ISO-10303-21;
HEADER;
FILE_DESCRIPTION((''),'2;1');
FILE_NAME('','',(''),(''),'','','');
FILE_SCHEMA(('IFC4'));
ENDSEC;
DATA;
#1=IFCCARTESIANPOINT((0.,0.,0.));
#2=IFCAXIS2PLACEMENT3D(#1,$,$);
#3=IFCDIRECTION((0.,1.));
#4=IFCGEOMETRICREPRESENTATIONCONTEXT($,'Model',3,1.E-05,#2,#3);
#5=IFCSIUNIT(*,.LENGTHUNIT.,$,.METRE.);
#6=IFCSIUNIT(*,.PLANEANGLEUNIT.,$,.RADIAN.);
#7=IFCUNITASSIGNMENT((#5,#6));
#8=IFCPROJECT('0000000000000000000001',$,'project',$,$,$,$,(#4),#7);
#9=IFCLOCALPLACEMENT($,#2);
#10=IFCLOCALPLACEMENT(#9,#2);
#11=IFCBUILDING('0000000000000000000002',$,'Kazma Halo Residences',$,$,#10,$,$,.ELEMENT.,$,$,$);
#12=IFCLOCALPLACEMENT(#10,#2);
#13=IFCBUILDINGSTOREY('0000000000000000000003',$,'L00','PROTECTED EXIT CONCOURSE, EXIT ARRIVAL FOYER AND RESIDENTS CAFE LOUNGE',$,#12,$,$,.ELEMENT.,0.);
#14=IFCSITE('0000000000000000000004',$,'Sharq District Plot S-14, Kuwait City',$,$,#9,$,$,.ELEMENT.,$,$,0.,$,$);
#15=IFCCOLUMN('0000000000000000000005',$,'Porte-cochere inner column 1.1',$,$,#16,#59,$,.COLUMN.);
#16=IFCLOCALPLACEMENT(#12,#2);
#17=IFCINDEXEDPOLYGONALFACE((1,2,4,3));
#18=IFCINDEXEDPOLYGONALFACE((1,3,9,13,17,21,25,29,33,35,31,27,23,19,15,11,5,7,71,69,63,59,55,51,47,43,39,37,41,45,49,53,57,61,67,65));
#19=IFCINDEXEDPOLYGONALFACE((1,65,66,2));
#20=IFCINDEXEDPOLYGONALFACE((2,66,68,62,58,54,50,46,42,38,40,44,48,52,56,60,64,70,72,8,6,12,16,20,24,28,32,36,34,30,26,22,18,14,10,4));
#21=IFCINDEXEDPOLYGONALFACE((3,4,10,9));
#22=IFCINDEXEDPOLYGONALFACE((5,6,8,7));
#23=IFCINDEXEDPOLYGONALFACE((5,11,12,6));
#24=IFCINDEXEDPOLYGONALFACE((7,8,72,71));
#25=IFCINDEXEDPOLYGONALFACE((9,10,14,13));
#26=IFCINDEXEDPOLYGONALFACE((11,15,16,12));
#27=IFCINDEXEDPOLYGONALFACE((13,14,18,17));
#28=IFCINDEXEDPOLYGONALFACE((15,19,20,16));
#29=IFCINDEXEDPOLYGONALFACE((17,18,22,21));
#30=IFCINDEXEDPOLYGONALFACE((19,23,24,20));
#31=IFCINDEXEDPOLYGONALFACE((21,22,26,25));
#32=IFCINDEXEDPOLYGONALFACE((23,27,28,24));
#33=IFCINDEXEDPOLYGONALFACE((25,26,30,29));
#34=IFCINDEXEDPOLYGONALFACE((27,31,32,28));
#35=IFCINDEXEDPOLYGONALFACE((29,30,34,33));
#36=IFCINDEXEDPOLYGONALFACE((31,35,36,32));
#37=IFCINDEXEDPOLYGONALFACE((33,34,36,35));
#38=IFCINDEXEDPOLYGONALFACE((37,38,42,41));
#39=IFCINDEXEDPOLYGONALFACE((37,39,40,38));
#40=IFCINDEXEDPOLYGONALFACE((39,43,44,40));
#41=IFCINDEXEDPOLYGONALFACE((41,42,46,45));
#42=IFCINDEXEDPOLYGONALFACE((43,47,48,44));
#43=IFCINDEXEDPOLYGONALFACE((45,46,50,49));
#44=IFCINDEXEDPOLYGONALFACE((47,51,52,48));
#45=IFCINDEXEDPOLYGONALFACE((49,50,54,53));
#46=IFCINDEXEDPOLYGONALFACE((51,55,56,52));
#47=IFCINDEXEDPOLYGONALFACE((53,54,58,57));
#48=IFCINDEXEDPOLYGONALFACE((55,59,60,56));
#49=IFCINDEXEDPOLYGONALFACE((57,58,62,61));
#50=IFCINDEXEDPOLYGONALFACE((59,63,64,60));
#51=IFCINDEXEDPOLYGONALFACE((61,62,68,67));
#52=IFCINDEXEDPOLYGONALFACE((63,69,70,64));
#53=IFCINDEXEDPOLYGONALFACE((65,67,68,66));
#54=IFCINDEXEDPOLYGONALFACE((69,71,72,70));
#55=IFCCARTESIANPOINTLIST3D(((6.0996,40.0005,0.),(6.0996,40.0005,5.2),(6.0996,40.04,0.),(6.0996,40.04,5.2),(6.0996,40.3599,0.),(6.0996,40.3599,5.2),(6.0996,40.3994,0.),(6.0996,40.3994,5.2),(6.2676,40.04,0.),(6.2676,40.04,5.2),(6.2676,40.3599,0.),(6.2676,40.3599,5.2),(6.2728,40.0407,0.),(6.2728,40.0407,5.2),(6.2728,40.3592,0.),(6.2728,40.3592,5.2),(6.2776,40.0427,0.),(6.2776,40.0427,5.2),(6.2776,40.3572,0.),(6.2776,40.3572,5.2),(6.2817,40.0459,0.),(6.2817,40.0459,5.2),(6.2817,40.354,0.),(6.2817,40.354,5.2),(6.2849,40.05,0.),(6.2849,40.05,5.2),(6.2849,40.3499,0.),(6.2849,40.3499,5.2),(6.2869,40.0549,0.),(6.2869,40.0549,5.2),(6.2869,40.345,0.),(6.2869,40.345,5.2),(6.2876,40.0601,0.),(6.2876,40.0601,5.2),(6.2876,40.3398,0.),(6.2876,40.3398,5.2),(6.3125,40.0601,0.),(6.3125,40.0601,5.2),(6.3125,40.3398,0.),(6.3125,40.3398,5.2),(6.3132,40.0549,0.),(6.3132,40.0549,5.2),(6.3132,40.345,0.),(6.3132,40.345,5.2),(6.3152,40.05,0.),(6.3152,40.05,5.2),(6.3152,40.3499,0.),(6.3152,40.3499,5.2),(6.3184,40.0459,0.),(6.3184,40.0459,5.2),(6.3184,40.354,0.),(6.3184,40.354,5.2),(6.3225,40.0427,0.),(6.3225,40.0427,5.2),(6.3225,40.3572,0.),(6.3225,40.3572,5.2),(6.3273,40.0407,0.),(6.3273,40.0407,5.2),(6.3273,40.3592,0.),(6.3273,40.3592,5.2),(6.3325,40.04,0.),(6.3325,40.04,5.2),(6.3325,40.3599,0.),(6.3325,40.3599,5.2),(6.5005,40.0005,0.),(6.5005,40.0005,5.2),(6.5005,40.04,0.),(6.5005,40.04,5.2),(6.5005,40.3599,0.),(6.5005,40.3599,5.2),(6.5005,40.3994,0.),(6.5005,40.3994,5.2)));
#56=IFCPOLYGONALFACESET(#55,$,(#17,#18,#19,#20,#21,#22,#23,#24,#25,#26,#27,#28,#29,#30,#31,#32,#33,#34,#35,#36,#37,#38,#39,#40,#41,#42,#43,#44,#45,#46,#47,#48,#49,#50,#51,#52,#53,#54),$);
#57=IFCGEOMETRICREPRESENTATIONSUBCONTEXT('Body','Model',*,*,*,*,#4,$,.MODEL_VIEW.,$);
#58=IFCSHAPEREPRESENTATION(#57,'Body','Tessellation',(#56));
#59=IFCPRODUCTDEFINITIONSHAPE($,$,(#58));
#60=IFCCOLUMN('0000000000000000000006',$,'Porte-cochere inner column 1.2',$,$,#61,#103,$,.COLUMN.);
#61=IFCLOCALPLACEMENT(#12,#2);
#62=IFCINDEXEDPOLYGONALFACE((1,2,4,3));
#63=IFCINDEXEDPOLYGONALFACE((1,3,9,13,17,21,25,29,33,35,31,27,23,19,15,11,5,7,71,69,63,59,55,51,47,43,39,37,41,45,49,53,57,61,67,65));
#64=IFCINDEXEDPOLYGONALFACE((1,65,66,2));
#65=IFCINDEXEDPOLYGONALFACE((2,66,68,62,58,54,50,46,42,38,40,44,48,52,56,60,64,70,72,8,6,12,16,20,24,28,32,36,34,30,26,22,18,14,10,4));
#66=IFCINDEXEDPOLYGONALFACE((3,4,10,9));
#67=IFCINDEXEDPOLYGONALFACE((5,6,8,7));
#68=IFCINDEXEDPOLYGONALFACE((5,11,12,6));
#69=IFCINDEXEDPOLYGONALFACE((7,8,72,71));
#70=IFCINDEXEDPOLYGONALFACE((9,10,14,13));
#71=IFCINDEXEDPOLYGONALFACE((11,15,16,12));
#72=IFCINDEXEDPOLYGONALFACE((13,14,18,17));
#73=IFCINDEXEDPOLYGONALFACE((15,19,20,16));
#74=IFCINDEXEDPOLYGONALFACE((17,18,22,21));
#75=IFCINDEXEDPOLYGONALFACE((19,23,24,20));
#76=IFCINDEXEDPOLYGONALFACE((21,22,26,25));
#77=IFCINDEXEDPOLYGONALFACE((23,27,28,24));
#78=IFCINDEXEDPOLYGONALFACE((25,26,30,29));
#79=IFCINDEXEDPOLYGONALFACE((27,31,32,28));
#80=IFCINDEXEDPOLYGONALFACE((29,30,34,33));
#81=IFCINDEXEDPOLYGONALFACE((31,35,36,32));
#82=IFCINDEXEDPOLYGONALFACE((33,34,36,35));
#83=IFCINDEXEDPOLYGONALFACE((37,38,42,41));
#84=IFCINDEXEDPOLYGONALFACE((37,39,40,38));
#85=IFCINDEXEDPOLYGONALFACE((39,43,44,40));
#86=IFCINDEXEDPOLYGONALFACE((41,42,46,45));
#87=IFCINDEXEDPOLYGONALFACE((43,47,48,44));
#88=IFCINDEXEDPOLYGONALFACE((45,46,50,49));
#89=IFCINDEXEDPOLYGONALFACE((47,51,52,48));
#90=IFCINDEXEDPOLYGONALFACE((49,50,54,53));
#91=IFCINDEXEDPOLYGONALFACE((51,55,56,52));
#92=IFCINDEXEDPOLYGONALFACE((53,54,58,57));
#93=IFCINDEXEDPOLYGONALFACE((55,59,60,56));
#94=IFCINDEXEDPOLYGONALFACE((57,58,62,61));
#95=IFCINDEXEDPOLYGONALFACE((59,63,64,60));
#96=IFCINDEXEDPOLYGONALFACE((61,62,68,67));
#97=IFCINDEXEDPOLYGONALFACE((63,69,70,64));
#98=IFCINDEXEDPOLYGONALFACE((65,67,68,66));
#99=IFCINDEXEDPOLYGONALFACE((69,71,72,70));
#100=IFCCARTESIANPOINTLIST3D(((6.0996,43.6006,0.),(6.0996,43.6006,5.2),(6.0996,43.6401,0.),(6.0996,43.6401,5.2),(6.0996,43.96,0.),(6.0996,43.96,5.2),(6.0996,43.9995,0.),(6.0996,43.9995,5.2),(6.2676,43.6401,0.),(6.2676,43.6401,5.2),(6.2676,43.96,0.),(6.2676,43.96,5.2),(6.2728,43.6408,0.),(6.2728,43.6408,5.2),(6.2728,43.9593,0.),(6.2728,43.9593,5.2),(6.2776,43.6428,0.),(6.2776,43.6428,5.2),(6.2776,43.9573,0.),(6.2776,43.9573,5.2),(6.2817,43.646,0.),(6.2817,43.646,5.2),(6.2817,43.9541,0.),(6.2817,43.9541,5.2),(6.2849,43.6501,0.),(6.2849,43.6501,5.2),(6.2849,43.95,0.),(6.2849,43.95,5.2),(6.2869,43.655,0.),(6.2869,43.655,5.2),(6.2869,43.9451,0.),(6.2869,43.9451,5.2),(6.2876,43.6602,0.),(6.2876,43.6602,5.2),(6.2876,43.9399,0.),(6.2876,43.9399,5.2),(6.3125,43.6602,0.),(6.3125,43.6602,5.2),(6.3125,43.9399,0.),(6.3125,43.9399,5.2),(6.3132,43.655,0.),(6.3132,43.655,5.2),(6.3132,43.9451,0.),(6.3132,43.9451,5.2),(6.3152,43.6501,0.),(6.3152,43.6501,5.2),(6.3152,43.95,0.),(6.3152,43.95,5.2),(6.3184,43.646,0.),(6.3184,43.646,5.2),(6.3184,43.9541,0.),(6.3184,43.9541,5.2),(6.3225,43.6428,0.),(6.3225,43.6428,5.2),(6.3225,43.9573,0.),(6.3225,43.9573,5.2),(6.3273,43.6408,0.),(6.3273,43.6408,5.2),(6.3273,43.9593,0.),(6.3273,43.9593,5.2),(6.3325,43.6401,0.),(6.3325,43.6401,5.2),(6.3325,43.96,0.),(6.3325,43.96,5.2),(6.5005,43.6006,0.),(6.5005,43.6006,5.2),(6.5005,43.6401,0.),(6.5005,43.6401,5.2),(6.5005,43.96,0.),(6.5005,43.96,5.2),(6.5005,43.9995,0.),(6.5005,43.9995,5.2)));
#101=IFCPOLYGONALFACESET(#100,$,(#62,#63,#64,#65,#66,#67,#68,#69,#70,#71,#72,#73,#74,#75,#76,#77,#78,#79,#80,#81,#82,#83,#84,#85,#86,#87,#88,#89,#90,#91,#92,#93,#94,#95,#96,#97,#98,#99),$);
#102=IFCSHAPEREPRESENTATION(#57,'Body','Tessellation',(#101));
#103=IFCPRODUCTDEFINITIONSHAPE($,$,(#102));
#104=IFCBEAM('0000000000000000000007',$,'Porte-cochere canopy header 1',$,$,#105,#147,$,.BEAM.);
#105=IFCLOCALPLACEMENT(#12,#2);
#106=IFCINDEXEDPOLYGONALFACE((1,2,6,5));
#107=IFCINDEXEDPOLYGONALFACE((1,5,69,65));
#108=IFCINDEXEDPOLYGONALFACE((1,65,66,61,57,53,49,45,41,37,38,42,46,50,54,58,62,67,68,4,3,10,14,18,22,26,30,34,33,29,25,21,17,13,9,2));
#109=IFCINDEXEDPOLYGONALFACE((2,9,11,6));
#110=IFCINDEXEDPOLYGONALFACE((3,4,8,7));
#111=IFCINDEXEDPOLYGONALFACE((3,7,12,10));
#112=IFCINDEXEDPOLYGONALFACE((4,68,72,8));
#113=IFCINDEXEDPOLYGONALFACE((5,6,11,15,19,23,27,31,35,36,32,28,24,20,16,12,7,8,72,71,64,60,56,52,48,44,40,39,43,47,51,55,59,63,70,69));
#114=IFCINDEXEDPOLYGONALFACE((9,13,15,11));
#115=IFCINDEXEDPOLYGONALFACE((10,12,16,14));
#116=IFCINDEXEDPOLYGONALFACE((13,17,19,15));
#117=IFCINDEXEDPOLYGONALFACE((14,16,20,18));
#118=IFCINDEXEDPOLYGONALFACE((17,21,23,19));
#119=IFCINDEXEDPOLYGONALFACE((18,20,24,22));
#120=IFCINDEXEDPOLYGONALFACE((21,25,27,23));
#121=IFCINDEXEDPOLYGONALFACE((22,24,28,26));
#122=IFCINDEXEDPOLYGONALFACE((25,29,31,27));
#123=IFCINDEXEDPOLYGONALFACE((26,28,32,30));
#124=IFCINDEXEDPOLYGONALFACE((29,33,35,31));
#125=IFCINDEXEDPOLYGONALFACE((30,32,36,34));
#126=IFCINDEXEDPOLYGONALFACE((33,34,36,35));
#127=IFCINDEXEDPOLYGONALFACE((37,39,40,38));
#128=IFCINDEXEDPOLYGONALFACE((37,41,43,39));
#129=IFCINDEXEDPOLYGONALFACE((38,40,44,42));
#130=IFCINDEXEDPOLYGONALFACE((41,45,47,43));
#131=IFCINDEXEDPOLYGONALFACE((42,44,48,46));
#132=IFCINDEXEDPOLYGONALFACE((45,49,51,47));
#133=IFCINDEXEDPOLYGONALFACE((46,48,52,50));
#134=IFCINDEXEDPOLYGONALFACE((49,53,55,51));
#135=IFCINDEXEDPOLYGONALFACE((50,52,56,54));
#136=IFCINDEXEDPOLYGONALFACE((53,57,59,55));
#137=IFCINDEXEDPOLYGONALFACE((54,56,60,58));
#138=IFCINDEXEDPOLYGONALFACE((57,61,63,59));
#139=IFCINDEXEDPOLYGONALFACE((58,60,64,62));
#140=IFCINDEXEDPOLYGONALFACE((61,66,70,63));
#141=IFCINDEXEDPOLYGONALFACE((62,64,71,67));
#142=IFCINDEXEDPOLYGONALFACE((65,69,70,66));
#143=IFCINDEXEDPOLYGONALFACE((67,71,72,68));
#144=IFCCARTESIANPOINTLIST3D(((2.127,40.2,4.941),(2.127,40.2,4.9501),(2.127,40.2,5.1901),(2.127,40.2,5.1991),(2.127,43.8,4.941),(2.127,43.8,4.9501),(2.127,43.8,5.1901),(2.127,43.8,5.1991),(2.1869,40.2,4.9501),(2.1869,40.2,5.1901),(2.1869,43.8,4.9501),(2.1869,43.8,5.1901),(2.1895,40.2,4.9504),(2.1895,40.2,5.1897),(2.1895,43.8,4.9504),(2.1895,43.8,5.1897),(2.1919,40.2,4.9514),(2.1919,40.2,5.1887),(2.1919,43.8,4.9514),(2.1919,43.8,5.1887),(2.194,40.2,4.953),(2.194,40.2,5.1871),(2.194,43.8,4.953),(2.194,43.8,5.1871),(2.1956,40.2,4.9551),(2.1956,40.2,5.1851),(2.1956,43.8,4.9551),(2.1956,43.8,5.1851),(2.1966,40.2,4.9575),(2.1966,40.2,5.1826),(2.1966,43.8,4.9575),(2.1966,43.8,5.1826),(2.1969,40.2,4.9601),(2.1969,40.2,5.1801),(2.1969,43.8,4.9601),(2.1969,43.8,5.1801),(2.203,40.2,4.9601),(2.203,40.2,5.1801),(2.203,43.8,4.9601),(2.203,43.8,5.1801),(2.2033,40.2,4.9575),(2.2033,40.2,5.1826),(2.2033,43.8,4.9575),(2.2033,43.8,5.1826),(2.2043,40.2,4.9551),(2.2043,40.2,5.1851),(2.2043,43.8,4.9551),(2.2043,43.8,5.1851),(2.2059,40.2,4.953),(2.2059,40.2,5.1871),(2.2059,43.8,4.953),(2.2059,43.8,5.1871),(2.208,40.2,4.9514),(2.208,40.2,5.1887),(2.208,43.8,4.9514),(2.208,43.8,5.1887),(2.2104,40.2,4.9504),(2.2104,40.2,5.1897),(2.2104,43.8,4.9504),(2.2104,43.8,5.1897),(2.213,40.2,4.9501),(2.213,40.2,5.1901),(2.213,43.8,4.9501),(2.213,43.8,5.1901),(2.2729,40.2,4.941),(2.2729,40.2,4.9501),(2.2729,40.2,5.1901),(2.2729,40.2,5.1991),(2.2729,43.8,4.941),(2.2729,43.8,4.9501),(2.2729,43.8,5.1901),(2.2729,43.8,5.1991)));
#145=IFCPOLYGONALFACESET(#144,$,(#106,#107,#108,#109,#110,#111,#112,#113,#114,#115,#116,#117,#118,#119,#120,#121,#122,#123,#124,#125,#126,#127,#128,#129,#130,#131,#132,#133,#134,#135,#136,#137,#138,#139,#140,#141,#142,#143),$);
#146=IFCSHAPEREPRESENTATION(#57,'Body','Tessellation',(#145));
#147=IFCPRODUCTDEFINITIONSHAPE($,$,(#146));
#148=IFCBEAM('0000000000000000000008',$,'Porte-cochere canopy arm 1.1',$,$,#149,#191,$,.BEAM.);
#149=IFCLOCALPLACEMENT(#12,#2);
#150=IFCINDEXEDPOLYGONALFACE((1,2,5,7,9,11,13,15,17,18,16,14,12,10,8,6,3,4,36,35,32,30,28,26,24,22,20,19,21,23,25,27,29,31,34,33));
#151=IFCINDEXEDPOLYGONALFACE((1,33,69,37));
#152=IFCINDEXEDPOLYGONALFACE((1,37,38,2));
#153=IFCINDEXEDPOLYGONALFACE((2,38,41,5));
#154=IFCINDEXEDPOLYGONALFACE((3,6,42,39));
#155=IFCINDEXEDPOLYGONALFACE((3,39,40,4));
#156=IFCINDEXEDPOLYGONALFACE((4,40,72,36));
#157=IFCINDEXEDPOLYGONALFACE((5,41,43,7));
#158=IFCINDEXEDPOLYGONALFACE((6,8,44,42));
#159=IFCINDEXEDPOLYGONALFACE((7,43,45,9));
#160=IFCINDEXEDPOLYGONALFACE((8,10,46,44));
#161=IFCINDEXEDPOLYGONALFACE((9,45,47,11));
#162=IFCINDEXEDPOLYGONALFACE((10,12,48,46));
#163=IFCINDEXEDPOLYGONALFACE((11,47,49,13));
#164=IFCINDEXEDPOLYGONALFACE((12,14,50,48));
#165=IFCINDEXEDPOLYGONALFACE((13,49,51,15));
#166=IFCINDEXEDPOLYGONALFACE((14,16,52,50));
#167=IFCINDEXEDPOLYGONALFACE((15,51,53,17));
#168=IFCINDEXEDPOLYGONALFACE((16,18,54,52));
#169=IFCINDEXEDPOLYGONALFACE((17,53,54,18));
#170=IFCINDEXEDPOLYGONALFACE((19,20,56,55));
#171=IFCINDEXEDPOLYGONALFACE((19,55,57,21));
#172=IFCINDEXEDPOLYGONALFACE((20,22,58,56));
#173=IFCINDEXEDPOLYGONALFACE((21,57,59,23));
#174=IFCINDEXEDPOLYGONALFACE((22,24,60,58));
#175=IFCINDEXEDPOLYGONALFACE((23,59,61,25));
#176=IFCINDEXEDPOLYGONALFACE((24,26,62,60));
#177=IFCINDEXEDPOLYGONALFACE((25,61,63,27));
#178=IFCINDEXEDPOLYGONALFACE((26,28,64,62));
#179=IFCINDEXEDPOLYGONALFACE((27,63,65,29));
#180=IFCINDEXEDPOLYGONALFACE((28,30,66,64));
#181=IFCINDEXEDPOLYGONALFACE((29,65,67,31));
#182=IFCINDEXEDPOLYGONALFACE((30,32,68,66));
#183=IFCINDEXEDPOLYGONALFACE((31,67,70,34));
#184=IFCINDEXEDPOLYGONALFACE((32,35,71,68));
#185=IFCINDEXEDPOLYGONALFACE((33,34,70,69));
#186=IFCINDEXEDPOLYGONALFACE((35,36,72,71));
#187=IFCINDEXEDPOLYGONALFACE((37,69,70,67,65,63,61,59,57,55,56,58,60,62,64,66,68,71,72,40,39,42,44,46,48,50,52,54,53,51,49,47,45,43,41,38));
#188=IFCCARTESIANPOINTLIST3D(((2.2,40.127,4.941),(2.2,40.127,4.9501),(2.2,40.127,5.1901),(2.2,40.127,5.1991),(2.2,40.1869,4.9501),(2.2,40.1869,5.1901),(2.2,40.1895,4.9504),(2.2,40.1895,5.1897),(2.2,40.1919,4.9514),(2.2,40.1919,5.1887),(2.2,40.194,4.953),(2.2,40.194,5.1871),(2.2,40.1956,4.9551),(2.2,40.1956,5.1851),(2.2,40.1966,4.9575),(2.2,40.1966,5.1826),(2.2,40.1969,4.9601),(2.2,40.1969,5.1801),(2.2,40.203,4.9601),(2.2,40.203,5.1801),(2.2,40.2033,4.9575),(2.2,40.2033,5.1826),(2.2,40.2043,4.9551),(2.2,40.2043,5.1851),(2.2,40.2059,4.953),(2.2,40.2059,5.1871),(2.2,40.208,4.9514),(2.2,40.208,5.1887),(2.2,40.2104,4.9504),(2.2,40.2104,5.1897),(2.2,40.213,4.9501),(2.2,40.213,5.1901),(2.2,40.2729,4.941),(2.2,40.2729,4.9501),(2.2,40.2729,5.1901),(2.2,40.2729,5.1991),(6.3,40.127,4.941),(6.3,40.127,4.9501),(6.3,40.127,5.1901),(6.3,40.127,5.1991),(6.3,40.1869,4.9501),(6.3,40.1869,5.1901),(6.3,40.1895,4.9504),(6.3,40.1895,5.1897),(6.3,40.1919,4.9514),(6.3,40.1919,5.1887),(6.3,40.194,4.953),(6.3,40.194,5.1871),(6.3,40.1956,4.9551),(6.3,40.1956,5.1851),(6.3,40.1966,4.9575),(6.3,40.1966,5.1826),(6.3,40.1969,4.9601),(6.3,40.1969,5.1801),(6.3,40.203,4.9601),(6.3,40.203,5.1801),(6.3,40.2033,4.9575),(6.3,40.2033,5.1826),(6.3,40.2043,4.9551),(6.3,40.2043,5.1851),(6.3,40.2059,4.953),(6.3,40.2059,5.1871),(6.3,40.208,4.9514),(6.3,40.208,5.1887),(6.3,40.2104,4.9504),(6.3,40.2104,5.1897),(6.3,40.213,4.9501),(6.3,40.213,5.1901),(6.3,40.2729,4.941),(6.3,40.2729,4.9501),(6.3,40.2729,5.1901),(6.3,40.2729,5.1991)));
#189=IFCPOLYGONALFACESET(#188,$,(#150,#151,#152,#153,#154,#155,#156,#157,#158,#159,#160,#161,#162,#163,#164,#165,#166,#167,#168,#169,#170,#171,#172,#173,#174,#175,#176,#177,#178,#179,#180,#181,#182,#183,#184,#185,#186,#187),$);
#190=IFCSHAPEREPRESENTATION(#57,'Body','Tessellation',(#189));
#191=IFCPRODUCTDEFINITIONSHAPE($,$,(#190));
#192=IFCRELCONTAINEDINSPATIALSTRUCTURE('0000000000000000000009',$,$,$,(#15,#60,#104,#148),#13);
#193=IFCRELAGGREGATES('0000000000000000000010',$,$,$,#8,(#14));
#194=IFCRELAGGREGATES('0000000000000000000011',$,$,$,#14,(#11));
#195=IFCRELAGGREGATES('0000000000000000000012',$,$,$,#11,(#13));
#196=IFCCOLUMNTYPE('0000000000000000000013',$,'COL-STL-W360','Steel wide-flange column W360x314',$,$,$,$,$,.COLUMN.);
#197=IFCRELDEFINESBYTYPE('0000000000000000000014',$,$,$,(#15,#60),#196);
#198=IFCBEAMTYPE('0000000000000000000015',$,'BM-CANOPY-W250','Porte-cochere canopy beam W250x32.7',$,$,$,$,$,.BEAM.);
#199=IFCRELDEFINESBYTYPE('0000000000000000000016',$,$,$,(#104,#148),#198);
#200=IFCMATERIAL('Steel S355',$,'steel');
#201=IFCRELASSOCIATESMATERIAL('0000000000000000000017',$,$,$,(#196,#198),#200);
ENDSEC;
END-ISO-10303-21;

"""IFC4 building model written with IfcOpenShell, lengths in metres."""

from ifc_helpers import new_model, si_unit, direction, frame, origin, origin_2d, place, context, subcontext, project, spatial, i_section, extrude, material, material_profile, profile_set, type_object, element, save


model = new_model("IFC4")

# Units and contexts
model_context = context("Model", 3, precision=1e-05, world=origin(), true_north=direction((0.0, 1.0)))
body_context = subcontext(model_context, "Body", "Model", "MODEL_VIEW")
ifc_project = project(units=[si_unit("LENGTHUNIT", "METRE"), si_unit("PLANEANGLEUNIT", "RADIAN")], contexts=[model_context])

# Site, building, storey
site_placement = place(None, origin())
site = spatial("IfcSite", under=ifc_project, at=site_placement, Name="Sharq District Plot S-14, Kuwait City", CompositionType="ELEMENT", RefElevation=0.0)
building_placement = place(site_placement, origin())
building = spatial("IfcBuilding", under=site, at=building_placement, Name="Kazma Halo Residences", CompositionType="ELEMENT")
storey_placement = place(building_placement, origin())
storey = spatial("IfcBuildingStorey", under=building, at=storey_placement, Name="L00", Description="PROTECTED EXIT CONCOURSE, EXIT ARRIVAL FOYER AND RESIDENTS CAFE LOUNGE", CompositionType="ELEMENT", Elevation=0.0)

# Columns
ifc_material_1 = material(Name="Steel S355", Category="steel")
ifc_material_profile_1 = material_profile(ifc_material_1, i_section(OverallWidth=0.4009, OverallDepth=0.3989, WebThickness=0.0249, FlangeThickness=0.0396, FilletRadius=0.02, at=origin_2d()), Name="W360x314")
ifc_profile_set_1 = profile_set([ifc_material_profile_1], Name="Steel S355")
column_type = type_object("IfcColumnType", Name="COL-STL-W360", Description="Steel wide-flange column W360x314", PredefinedType="COLUMN", material=ifc_profile_set_1)
for number, where, z_axis, x_axis, name in (
    (1, (6.3, 40.2, 0.0), (0.0, 0.0, 1.0), (1.0, 0.0, 0.0), "Porte-cochere inner column 1.1"),
    (2, (6.3, 43.8, 0.0), (0.0, 0.0, 1.0), (1.0, 0.0, 0.0), "Porte-cochere inner column 1.2"),
):
    element("IfcColumn", number, at=place(storey_placement, frame(where, z_axis=z_axis, x_axis=x_axis)), inside=storey, type_object=column_type, Name=name, PredefinedType="COLUMN", context=body_context, shape_type="SweptSolid", body=[
        extrude(i_section(OverallWidth=0.4009, OverallDepth=0.3989, WebThickness=0.0249, FlangeThickness=0.0396, FilletRadius=0.02, at=origin_2d()), origin(), (0.0, 0.0, 1.0), 5.2),
    ])

# Beams
ifc_material_profile_2 = material_profile(ifc_material_1, i_section(OverallWidth=0.146, OverallDepth=0.2581, WebThickness=0.0061, FlangeThickness=0.009, FilletRadius=0.01, at=origin_2d()), Name="W250x32.7")
ifc_profile_set_2 = profile_set([ifc_material_profile_2], Name="Steel S355")
beam_type_1 = type_object("IfcBeamType", Name="BM-CANOPY-W250", Description="Porte-cochere canopy beam W250x32.7", PredefinedType="BEAM", material=ifc_profile_set_2)
beam_1_placement = place(storey_placement, frame((2.2, 40.2, 5.0701), z_axis=(0.0, 1.0, 0.0), x_axis=(-1.0, 0.0, 0.0)))
element("IfcBeam", 3, at=beam_1_placement, inside=storey, type_object=beam_type_1, Name="Porte-cochere canopy header 1", PredefinedType="BEAM", context=body_context, shape_type="SweptSolid", body=[
    extrude(i_section(OverallWidth=0.146, OverallDepth=0.2581, WebThickness=0.0061, FlangeThickness=0.009, FilletRadius=0.01, at=origin_2d()), origin(), (0.0, 0.0, 1.0), 3.6001),
])
for number, where, z_axis, x_axis, name in (
    (4, (2.2, 40.2, 5.0701), (1.0, 0.0, 0.0), (0.0, 1.0, 0.0), "Porte-cochere canopy arm 1.1"),
):
    element("IfcBeam", number, at=place(storey_placement, frame(where, z_axis=z_axis, x_axis=x_axis)), inside=storey, type_object=beam_type_1, Name=name, PredefinedType="BEAM", context=body_context, shape_type="SweptSolid", body=[
        extrude(i_section(OverallWidth=0.146, OverallDepth=0.2581, WebThickness=0.0061, FlangeThickness=0.009, FilletRadius=0.01, at=origin_2d()), origin(), (0.0, 0.0, 1.0), 4.1001),
    ])

save(model, "model.ifc")
